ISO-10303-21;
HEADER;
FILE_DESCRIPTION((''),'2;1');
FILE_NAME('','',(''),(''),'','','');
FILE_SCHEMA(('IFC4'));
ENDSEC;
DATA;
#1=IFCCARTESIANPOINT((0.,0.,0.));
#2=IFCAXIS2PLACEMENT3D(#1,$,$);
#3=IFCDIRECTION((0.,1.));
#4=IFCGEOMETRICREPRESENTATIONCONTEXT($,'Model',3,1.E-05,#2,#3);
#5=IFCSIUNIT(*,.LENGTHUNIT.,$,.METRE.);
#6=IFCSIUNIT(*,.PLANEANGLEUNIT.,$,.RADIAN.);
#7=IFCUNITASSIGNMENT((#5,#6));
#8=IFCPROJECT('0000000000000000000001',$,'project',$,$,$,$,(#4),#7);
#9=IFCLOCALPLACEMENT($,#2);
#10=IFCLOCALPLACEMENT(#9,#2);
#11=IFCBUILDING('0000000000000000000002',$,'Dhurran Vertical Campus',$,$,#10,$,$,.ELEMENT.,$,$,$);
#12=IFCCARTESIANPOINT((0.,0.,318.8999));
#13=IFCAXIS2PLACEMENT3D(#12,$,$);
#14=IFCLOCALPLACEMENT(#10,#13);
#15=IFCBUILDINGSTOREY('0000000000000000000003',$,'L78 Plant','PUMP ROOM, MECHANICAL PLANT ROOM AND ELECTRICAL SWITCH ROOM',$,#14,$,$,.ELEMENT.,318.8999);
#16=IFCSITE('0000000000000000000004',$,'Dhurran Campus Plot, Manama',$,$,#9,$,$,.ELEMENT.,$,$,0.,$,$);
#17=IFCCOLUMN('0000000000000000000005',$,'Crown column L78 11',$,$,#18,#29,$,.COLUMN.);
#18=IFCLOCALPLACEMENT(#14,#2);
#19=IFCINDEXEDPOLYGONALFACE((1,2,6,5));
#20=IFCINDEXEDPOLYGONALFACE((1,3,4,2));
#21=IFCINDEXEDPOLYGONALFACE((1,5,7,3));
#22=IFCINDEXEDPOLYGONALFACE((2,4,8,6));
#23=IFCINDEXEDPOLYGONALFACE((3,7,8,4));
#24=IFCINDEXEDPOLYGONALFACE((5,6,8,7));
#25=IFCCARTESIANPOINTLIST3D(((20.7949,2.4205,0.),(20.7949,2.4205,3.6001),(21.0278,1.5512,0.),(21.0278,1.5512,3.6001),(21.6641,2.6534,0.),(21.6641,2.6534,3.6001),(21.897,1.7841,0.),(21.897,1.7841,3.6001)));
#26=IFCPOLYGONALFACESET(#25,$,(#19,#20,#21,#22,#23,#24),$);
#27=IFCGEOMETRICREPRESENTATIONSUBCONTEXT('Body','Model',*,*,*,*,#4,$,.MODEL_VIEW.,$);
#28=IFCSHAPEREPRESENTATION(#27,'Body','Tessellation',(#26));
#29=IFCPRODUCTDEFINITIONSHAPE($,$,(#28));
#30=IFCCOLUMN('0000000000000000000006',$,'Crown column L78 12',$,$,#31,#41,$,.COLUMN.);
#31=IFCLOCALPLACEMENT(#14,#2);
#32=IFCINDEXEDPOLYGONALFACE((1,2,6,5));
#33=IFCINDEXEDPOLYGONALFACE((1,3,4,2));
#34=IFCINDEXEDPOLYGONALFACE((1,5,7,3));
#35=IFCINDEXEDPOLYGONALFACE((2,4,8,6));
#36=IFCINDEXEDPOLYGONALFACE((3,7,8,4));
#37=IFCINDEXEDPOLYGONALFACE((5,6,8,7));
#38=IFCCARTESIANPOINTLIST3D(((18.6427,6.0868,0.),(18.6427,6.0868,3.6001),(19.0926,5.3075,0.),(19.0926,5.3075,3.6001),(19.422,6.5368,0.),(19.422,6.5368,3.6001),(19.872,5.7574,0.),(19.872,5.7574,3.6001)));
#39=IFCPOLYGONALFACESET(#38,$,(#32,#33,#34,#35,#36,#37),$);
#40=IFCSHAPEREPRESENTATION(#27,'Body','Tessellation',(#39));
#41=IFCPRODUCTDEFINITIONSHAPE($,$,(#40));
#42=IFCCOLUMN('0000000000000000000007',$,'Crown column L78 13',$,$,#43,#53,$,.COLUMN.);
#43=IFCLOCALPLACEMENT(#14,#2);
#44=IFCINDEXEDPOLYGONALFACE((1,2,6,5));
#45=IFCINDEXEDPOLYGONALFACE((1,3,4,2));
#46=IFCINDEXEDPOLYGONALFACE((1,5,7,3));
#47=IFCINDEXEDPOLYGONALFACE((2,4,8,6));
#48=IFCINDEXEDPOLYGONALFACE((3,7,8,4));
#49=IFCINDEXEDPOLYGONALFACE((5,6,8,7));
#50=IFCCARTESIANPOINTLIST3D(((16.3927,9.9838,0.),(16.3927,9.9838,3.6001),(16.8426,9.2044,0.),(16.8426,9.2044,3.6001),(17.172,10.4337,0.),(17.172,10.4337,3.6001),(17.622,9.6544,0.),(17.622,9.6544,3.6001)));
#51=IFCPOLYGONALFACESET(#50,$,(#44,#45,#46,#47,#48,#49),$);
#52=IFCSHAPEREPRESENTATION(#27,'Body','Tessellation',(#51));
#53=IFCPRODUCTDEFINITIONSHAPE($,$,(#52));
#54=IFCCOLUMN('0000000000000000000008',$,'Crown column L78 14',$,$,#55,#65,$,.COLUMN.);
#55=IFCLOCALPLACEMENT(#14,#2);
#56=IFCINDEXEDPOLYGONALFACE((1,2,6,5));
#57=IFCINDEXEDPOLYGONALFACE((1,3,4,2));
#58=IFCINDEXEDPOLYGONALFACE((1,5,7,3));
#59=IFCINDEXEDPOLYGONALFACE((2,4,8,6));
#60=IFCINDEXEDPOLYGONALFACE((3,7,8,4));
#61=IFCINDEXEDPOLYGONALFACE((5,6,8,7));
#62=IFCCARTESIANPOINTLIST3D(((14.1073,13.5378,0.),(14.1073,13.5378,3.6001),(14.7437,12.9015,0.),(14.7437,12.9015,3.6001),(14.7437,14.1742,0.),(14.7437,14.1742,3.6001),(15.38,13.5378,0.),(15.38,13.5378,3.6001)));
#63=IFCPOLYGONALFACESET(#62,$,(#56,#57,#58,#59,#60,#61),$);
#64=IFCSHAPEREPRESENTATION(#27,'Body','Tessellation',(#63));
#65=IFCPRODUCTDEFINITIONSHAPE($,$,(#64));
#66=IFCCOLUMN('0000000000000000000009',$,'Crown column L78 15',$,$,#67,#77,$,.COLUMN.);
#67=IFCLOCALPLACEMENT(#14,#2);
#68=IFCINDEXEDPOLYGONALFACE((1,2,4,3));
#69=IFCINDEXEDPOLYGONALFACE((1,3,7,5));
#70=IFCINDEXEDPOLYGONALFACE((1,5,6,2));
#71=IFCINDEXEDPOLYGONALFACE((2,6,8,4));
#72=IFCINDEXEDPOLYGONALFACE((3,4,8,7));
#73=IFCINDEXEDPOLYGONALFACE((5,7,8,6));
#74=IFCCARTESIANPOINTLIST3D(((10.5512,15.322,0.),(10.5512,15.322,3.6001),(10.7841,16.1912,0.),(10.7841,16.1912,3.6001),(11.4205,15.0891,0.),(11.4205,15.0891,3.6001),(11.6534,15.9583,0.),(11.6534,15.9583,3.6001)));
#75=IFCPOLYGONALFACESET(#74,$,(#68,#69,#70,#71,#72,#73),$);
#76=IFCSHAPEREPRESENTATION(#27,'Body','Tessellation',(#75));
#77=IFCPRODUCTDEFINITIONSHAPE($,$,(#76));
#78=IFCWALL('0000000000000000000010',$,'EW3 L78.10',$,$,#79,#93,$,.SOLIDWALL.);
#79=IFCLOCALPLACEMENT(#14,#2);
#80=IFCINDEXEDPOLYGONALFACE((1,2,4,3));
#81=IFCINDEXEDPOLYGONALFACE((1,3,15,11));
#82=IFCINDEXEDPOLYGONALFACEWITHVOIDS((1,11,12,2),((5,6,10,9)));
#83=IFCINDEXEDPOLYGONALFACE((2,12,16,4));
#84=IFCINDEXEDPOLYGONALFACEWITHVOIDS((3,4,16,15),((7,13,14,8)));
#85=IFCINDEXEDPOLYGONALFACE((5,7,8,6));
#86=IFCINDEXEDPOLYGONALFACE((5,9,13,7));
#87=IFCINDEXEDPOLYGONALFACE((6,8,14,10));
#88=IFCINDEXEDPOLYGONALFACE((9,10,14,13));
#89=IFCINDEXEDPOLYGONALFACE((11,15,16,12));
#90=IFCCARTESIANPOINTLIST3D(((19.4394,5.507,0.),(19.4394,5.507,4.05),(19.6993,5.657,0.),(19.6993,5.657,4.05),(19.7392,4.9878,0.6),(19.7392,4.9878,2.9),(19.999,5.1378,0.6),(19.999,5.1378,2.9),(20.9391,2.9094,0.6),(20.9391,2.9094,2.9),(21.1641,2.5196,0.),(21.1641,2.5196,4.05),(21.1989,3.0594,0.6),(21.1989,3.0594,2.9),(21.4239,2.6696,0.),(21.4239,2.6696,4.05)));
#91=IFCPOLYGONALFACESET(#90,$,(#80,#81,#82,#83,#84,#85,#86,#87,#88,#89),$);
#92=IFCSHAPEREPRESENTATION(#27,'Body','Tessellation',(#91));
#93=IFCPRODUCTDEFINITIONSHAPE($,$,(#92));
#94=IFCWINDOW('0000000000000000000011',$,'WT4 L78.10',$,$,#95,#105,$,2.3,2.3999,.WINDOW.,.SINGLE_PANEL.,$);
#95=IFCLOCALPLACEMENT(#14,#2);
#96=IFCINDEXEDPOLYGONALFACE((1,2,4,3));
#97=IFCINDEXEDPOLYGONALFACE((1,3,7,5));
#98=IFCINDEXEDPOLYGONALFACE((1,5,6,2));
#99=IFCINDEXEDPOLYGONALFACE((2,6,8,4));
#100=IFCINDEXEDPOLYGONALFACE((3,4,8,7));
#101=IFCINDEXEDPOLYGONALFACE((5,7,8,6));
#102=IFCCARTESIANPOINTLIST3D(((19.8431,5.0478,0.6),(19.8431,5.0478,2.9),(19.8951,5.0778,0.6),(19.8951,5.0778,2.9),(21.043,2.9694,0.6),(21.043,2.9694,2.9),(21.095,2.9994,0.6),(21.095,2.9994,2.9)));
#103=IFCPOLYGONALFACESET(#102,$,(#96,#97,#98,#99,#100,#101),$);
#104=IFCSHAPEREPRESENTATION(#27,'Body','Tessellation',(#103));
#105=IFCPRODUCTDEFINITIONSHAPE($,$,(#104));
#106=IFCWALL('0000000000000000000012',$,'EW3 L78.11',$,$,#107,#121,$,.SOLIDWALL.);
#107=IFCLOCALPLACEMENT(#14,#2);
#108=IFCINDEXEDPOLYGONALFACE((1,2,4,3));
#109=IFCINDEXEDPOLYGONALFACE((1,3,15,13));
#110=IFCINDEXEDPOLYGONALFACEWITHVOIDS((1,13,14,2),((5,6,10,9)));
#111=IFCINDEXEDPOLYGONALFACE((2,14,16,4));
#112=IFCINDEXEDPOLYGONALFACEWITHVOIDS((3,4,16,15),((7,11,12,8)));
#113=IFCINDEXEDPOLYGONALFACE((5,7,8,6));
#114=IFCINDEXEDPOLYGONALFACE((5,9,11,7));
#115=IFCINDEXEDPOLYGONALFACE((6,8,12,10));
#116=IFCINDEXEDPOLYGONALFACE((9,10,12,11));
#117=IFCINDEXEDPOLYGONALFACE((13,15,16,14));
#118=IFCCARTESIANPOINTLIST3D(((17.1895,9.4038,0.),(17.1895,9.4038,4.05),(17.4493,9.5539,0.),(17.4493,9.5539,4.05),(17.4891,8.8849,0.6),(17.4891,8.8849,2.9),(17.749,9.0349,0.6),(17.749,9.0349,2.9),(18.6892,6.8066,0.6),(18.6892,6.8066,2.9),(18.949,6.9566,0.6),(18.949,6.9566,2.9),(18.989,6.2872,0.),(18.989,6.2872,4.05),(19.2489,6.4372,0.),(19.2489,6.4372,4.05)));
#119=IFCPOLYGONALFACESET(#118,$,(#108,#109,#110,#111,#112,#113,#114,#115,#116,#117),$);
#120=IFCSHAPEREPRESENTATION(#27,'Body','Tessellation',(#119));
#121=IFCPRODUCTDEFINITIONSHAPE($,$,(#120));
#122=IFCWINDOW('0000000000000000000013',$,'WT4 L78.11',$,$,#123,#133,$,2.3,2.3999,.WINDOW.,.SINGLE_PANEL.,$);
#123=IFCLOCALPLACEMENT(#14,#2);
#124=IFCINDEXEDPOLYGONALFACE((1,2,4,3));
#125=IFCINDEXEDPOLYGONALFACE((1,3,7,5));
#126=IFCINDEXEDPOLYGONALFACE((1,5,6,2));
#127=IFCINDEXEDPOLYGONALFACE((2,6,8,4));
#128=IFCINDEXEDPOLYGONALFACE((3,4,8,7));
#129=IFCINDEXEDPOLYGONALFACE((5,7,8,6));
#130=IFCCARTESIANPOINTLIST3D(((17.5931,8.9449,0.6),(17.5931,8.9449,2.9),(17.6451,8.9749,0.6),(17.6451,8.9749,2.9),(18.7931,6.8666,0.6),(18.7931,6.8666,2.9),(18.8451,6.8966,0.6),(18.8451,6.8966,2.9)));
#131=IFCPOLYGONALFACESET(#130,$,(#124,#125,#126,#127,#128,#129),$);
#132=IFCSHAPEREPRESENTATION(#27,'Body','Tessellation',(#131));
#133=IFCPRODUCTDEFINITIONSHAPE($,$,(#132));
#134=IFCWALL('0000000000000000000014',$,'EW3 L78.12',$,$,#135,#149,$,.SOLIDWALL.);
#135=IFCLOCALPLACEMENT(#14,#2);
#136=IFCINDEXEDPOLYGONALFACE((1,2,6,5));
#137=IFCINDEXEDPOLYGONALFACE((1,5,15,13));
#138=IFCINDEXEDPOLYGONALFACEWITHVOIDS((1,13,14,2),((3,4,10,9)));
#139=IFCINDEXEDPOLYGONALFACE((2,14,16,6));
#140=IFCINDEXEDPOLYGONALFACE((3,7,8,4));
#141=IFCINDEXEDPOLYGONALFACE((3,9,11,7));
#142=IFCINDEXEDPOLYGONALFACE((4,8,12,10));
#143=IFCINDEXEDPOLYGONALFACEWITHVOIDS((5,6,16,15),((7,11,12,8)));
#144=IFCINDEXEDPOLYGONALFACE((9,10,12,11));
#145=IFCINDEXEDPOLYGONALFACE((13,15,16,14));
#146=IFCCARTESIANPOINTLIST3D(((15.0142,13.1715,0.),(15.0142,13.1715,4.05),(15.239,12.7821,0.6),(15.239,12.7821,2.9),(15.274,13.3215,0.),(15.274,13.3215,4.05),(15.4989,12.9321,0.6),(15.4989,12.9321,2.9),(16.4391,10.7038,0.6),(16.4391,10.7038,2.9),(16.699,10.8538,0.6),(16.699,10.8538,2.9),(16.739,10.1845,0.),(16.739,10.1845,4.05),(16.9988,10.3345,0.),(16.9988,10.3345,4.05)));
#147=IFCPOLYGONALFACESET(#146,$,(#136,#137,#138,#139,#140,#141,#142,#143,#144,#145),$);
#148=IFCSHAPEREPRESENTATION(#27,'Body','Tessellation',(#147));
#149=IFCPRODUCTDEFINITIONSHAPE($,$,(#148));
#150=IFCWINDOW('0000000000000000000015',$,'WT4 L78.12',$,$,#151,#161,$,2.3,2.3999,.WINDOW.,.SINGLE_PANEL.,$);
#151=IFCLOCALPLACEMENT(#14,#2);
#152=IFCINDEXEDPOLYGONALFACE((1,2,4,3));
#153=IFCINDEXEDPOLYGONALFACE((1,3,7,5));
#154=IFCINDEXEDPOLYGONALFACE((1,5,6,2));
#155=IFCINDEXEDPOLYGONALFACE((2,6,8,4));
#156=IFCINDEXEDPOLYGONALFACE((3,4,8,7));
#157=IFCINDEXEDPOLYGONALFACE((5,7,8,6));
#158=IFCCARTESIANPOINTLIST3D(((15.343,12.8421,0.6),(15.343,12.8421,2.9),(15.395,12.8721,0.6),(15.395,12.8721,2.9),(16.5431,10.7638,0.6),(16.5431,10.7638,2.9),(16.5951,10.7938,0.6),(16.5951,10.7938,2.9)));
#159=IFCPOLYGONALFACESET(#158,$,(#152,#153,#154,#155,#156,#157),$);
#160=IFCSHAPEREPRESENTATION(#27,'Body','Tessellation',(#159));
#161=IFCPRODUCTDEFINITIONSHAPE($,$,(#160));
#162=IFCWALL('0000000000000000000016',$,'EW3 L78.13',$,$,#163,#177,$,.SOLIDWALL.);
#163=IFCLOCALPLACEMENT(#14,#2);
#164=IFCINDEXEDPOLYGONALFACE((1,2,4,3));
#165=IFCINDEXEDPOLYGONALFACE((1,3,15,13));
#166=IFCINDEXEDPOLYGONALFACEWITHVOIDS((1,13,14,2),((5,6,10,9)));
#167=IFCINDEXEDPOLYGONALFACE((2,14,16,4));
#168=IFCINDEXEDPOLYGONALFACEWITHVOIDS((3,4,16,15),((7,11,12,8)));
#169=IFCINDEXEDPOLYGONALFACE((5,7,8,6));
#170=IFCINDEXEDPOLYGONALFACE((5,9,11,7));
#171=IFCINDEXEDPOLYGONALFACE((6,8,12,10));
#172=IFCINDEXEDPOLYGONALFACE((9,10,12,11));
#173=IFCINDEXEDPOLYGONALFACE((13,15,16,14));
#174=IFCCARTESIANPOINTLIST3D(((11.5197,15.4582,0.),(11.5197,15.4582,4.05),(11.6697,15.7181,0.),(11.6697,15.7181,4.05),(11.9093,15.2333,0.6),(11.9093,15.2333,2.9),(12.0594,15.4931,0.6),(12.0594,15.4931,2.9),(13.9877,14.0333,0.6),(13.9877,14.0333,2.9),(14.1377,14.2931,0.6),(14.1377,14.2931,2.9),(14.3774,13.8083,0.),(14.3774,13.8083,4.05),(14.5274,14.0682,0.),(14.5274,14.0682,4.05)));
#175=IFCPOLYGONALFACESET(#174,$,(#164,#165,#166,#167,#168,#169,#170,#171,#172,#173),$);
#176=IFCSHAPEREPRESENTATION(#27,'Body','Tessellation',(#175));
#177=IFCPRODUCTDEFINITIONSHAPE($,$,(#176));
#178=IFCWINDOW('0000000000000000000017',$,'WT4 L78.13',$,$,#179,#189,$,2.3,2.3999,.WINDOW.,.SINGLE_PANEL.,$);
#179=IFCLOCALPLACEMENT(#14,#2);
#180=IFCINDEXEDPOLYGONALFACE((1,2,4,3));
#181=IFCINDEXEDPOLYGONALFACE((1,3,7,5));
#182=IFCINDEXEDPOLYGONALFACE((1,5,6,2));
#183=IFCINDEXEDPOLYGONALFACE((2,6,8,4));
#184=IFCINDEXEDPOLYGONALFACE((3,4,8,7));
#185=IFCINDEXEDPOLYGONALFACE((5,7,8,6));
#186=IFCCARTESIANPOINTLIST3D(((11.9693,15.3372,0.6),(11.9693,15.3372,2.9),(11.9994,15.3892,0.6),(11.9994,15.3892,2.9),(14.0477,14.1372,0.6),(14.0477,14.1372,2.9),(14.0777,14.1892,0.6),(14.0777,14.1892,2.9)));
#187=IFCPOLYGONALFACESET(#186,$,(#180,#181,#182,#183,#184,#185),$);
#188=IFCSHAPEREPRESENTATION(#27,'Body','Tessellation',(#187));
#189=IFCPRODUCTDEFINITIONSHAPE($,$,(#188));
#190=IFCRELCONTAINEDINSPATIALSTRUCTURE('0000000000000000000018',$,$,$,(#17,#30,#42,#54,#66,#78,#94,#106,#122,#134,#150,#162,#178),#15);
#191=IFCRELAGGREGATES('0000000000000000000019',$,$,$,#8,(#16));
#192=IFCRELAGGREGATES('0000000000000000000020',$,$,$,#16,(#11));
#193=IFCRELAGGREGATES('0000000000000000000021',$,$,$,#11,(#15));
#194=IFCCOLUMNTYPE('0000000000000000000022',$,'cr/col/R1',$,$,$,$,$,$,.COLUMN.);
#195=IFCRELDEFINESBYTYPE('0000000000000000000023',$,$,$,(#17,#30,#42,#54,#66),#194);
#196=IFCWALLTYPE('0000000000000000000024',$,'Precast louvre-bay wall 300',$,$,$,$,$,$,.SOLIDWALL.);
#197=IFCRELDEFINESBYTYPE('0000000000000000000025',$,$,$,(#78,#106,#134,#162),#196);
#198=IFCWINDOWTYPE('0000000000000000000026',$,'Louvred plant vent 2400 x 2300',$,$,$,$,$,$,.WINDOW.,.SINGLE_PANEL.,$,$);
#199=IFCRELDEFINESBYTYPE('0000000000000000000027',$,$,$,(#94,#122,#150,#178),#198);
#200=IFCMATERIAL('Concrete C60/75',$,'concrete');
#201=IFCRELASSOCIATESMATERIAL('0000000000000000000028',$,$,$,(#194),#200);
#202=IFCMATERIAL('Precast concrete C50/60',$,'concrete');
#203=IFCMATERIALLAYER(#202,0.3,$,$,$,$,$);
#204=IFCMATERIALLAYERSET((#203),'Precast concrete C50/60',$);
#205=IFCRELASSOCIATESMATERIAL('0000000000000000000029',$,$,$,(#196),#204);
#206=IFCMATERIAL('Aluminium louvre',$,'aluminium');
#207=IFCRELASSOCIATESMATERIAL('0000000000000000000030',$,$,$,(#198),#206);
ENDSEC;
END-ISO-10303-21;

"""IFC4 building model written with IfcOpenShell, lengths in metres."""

from ifc_helpers import new_model, si_unit, direction, frame, frame_2d, origin, origin_2d, place, context, subcontext, project, spatial, rectangle, extrude, material, layer, layer_set, material_profile, profile_set, type_object, element, fill, save


model = new_model("IFC4")

# Units and contexts
model_context = context("Model", 3, precision=1e-05, world=origin(), true_north=direction((0.0, 1.0)))
body_context = subcontext(model_context, "Body", "Model", "MODEL_VIEW")
ifc_project = project(units=[si_unit("LENGTHUNIT", "METRE"), si_unit("PLANEANGLEUNIT", "RADIAN")], contexts=[model_context])

# Site, building, storey
site_placement = place(None, origin())
site = spatial("IfcSite", under=ifc_project, at=site_placement, Name="Dhurran Campus Plot, Manama", CompositionType="ELEMENT", RefElevation=0.0)
building_placement = place(site_placement, origin())
building = spatial("IfcBuilding", under=site, at=building_placement, Name="Dhurran Vertical Campus", CompositionType="ELEMENT")
storey_placement = place(building_placement, frame((0.0, 0.0, 318.8999)))
storey = spatial("IfcBuildingStorey", under=building, at=storey_placement, Name="L78 Plant", Description="PUMP ROOM, MECHANICAL PLANT ROOM AND ELECTRICAL SWITCH ROOM", CompositionType="ELEMENT", Elevation=318.8999)

# Columns
ifc_material_1 = material(Name="Concrete C60/75", Category="concrete")
ifc_material_profile = material_profile(ifc_material_1, rectangle(XDim=0.8999, YDim=0.8999, at=origin_2d()), Name="cr/col/R1")
ifc_profile_set = profile_set([ifc_material_profile], Name="Concrete C60/75")
column_type = type_object("IfcColumnType", Name="cr/col/R1", PredefinedType="COLUMN", material=ifc_profile_set)
for number, where, z_axis, x_axis, name in (
    (1, (21.3459, 2.1023, 0.0), (0.0, 0.0, 1.0), (-0.258819, 0.965926, 0.0), "Crown column L78 11"),
    (2, (19.2573, 5.9221, 0.0), (0.0, 0.0, 1.0), (-0.5, 0.866025, 0.0), "Crown column L78 12"),
    (3, (17.0073, 9.8191, 0.0), (0.0, 0.0, 1.0), (-0.5, 0.866025, 0.0), "Crown column L78 13"),
    (4, (14.7437, 13.5378, 0.0), (0.0, 0.0, 1.0), (-0.707107, 0.707107, 0.0), "Crown column L78 14"),
    (5, (11.1023, 15.6401, 0.0), (0.0, 0.0, 1.0), (-0.965926, 0.258819, 0.0), "Crown column L78 15"),
):
    element("IfcColumn", number, at=place(storey_placement, frame(where, z_axis=z_axis, x_axis=x_axis)), inside=storey, type_object=column_type, Name=name, PredefinedType="COLUMN", context=body_context, shape_type="SweptSolid", body=[
        extrude(rectangle(XDim=0.8999, YDim=0.8999, at=origin_2d()), origin(), (0.0, 0.0, 1.0), 3.6001),
    ])

# Walls, openings, windows
ifc_material_2 = material(Name="Precast concrete C50/60", Category="concrete")
ifc_layer_1 = layer(ifc_material_2, 0.3)
ifc_layer_set_1 = layer_set([ifc_layer_1], Name="Precast concrete C50/60")
wall_type_1 = type_object("IfcWallType", Name="Precast louvre-bay wall 300", PredefinedType="SOLIDWALL", material=ifc_layer_set_1)
wall_1_placement = place(storey_placement, frame((21.2939, 2.5947, 0.0), z_axis=(0.0, 0.0, 1.0), x_axis=(-0.499976, 0.866039, 0.0)))
wall_1 = element("IfcWall", 6, at=wall_1_placement, inside=storey, type_object=wall_type_1, Name="EW3 L78.10", PredefinedType="SOLIDWALL", context=body_context, shape_type="SweptSolid", body=[
    extrude(rectangle(XDim=3.4495, YDim=0.3, at=frame_2d((1.7246, 0.0))), origin(), (0.0, 0.0, 1.0), 4.05),
])
opening_1_placement = place(wall_1_placement, frame((0.45, 0.0, 0.6001)))
opening_1 = element("IfcOpeningElement", 7, at=opening_1_placement, cuts=wall_1, PredefinedType="OPENING", context=body_context, shape_type="SweptSolid", body=[
    extrude(rectangle(XDim=2.3999, YDim=2.3, at=frame_2d((1.2, 1.1499))), frame((0.0, 0.1599, 0.0), z_axis=(0.0, -1.0, 0.0), x_axis=(1.0, 0.0, 0.0)), (0.0, 0.0, 1.0), 0.3201),
])
ifc_material_3 = material(Name="Aluminium louvre", Category="aluminium")
window_type = type_object("IfcWindowType", Name="Louvred plant vent 2400 x 2300", PartitioningType="SINGLE_PANEL", PredefinedType="WINDOW", material=ifc_material_3)
window_1_placement = place(opening_1_placement, origin())
window_1 = element("IfcWindow", 8, at=window_1_placement, inside=storey, type_object=window_type, Name="WT4 L78.10", OverallHeight=2.3, OverallWidth=2.3999, PartitioningType="SINGLE_PANEL", PredefinedType="WINDOW", context=body_context, shape_type="SweptSolid", body=[
    extrude(rectangle(XDim=2.3999, YDim=2.3, at=frame_2d((1.2, 1.1499))), frame((0.0, 0.03, 0.0), z_axis=(0.0, -1.0, 0.0), x_axis=(1.0, 0.0, 0.0)), (0.0, 0.0, 1.0), 0.0601),
])
fill(opening_1, window_1)
wall_2_placement = place(storey_placement, frame((19.1189, 6.3623, 0.0), z_axis=(0.0, 0.0, 1.0), x_axis=(-0.500028, 0.866009, 0.0)))
wall_2 = element("IfcWall", 9, at=wall_2_placement, inside=storey, type_object=wall_type_1, Name="EW3 L78.11", PredefinedType="SOLIDWALL", context=body_context, shape_type="SweptSolid", body=[
    extrude(rectangle(XDim=3.5989, YDim=0.3, at=frame_2d((1.7993, 0.0))), origin(), (0.0, 0.0, 1.0), 4.05),
])
opening_2_placement = place(wall_2_placement, frame((0.5996, 0.0, 0.6001)))
opening_2 = element("IfcOpeningElement", 10, at=opening_2_placement, cuts=wall_2, PredefinedType="OPENING", context=body_context, shape_type="SweptSolid", body=[
    extrude(rectangle(XDim=2.3999, YDim=2.3, at=frame_2d((1.2, 1.1499))), frame((0.0, 0.1599, 0.0), z_axis=(0.0, -1.0, 0.0), x_axis=(1.0, 0.0, 0.0)), (0.0, 0.0, 1.0), 0.3201),
])
window_2_placement = place(opening_2_placement, origin())
window_2 = element("IfcWindow", 11, at=window_2_placement, inside=storey, type_object=window_type, Name="WT4 L78.11", OverallHeight=2.3, OverallWidth=2.3999, PartitioningType="SINGLE_PANEL", PredefinedType="WINDOW", context=body_context, shape_type="SweptSolid", body=[
    extrude(rectangle(XDim=2.3999, YDim=2.3, at=frame_2d((1.2, 1.1499))), frame((0.0, 0.03, 0.0), z_axis=(0.0, -1.0, 0.0), x_axis=(1.0, 0.0, 0.0)), (0.0, 0.0, 1.0), 0.0601),
])
fill(opening_2, window_2)
wall_3_placement = place(storey_placement, frame((16.8689, 10.2595, 0.0), z_axis=(0.0, 0.0, 1.0), x_axis=(-0.500059, 0.865991, 0.0)))
wall_3 = element("IfcWall", 12, at=wall_3_placement, inside=storey, type_object=wall_type_1, Name="EW3 L78.12", PredefinedType="SOLIDWALL", context=body_context, shape_type="SweptSolid", body=[
    extrude(rectangle(XDim=3.4492, YDim=0.3, at=frame_2d((1.7246, 0.0))), origin(), (0.0, 0.0, 1.0), 4.05),
])
opening_3_placement = place(wall_3_placement, frame((0.5996, 0.0, 0.6001)))
opening_3 = element("IfcOpeningElement", 13, at=opening_3_placement, cuts=wall_3, PredefinedType="OPENING", context=body_context, shape_type="SweptSolid", body=[
    extrude(rectangle(XDim=2.3999, YDim=2.3, at=frame_2d((1.2, 1.1499))), frame((0.0, 0.1599, 0.0), z_axis=(0.0, -1.0, 0.0), x_axis=(1.0, 0.0, 0.0)), (0.0, 0.0, 1.0), 0.3201),
])
window_3_placement = place(opening_3_placement, origin())
window_3 = element("IfcWindow", 14, at=window_3_placement, inside=storey, type_object=window_type, Name="WT4 L78.12", OverallHeight=2.3, OverallWidth=2.3999, PartitioningType="SINGLE_PANEL", PredefinedType="WINDOW", context=body_context, shape_type="SweptSolid", body=[
    extrude(rectangle(XDim=2.3999, YDim=2.3, at=frame_2d((1.2, 1.1499))), frame((0.0, 0.03, 0.0), z_axis=(0.0, -1.0, 0.0), x_axis=(1.0, 0.0, 0.0)), (0.0, 0.0, 1.0), 0.0601),
])
fill(opening_3, window_3)
wall_4_placement = place(storey_placement, frame((14.4524, 13.9382, 0.0), z_axis=(0.0, 0.0, 1.0), x_axis=(-0.866022, 0.500006, 0.0)))
wall_4 = element("IfcWall", 15, at=wall_4_placement, inside=storey, type_object=wall_type_1, Name="EW3 L78.13", PredefinedType="SOLIDWALL", context=body_context, shape_type="SweptSolid", body=[
    extrude(rectangle(XDim=3.2998, YDim=0.3, at=frame_2d((1.6499, 0.0))), origin(), (0.0, 0.0, 1.0), 4.05),
])
opening_4_placement = place(wall_4_placement, frame((0.45, 0.0, 0.6001)))
opening_4 = element("IfcOpeningElement", 16, at=opening_4_placement, cuts=wall_4, PredefinedType="OPENING", context=body_context, shape_type="SweptSolid", body=[
    extrude(rectangle(XDim=2.3999, YDim=2.3, at=frame_2d((1.2, 1.1499))), frame((0.0, 0.1599, 0.0), z_axis=(0.0, -1.0, 0.0), x_axis=(1.0, 0.0, 0.0)), (0.0, 0.0, 1.0), 0.3201),
])
window_4_placement = place(opening_4_placement, origin())
window_4 = element("IfcWindow", 17, at=window_4_placement, inside=storey, type_object=window_type, Name="WT4 L78.13", OverallHeight=2.3, OverallWidth=2.3999, PartitioningType="SINGLE_PANEL", PredefinedType="WINDOW", context=body_context, shape_type="SweptSolid", body=[
    extrude(rectangle(XDim=2.3999, YDim=2.3, at=frame_2d((1.2, 1.1499))), frame((0.0, 0.03, 0.0), z_axis=(0.0, -1.0, 0.0), x_axis=(1.0, 0.0, 0.0)), (0.0, 0.0, 1.0), 0.0601),
])
fill(opening_4, window_4)

save(model, "model.ifc")
